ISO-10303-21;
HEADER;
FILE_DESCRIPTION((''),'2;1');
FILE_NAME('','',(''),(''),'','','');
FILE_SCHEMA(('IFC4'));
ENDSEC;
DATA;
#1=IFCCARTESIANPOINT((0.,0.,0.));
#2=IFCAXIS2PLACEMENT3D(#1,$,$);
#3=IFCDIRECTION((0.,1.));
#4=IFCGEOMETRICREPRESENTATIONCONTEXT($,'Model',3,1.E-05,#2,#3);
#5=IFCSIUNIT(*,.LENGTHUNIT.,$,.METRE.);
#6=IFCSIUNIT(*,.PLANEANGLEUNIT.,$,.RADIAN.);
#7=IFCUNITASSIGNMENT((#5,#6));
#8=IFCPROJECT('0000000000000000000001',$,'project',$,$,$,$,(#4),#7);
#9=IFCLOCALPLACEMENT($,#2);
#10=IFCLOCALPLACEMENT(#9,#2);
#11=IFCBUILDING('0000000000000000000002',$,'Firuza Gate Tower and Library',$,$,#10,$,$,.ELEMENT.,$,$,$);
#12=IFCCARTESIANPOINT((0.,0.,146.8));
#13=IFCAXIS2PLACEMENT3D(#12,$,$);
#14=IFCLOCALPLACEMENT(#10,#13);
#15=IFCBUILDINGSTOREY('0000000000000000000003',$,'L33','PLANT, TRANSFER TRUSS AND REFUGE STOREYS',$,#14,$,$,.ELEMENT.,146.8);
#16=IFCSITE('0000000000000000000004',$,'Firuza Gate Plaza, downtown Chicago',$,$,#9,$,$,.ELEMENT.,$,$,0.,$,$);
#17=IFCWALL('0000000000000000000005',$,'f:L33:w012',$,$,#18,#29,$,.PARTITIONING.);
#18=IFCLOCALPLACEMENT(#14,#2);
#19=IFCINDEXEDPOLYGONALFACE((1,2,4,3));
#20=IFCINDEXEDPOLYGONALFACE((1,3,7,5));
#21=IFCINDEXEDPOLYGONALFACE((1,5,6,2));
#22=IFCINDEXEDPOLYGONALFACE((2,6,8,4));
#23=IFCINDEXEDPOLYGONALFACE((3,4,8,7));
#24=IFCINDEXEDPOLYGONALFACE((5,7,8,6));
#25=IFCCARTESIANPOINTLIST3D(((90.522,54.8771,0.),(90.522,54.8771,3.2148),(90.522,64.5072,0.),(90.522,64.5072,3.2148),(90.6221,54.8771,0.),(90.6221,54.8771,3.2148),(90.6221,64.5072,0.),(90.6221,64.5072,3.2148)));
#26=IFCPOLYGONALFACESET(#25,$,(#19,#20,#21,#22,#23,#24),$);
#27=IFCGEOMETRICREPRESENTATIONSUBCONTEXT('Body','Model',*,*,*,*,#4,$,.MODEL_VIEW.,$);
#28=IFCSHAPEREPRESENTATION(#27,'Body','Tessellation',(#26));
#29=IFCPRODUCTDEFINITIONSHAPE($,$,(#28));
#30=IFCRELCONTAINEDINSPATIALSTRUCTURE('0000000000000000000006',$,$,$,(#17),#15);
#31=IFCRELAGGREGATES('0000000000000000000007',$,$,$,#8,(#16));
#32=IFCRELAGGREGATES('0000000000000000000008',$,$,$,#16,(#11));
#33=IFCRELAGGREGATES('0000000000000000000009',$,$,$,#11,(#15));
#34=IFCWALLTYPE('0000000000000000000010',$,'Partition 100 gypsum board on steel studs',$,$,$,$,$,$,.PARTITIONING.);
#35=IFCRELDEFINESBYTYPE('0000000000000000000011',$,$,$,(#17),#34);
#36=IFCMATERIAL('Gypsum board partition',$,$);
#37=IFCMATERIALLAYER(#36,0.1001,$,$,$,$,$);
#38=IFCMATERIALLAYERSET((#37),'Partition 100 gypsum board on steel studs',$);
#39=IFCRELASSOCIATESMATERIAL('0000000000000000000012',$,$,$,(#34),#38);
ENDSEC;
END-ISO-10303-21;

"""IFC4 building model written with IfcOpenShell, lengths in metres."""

from ifc_helpers import new_model, si_unit, direction, frame, frame_2d, origin, place, context, subcontext, project, spatial, rectangle, extrude, material, layer, layer_set, type_object, element, save


model = new_model("IFC4")

# Units and contexts
model_context = context("Model", 3, precision=1e-05, world=origin(), true_north=direction((0.0, 1.0)))
body_context = subcontext(model_context, "Body", "Model", "MODEL_VIEW")
ifc_project = project(units=[si_unit("LENGTHUNIT", "METRE"), si_unit("PLANEANGLEUNIT", "RADIAN")], contexts=[model_context])

# Site, building, storey
site_placement = place(None, origin())
site = spatial("IfcSite", under=ifc_project, at=site_placement, Name="Firuza Gate Plaza, downtown Chicago", CompositionType="ELEMENT", RefElevation=0.0)
building_placement = place(site_placement, origin())
building = spatial("IfcBuilding", under=site, at=building_placement, Name="Firuza Gate Tower and Library", CompositionType="ELEMENT")
storey_placement = place(building_placement, frame((0.0, 0.0, 146.8)))
storey = spatial("IfcBuildingStorey", under=building, at=storey_placement, Name="L33", Description="PLANT, TRANSFER TRUSS AND REFUGE STOREYS", CompositionType="ELEMENT", Elevation=146.8)

# Wall
ifc_material_1 = material(Name="Gypsum board partition")
ifc_layer = layer(ifc_material_1, 0.1001)
ifc_layer_set = layer_set([ifc_layer], Name="Partition 100 gypsum board on steel studs")
wall_type = type_object("IfcWallType", Name="Partition 100 gypsum board on steel studs", PredefinedType="PARTITIONING", material=ifc_layer_set)
wall_1_placement = place(storey_placement, frame((90.572, 54.8772, 0.0), z_axis=(0.0, 0.0, 1.0), x_axis=(0.0, 1.0, 0.0)))
element("IfcWall", 1, at=wall_1_placement, inside=storey, type_object=wall_type, Name="f:L33:w012", PredefinedType="PARTITIONING", context=body_context, shape_type="SweptSolid", body=[
    extrude(rectangle(XDim=9.6301, YDim=0.1001, at=frame_2d((4.8149, 0.0))), origin(), (0.0, 0.0, 1.0), 3.2148),
])

save(model, "model.ifc")
